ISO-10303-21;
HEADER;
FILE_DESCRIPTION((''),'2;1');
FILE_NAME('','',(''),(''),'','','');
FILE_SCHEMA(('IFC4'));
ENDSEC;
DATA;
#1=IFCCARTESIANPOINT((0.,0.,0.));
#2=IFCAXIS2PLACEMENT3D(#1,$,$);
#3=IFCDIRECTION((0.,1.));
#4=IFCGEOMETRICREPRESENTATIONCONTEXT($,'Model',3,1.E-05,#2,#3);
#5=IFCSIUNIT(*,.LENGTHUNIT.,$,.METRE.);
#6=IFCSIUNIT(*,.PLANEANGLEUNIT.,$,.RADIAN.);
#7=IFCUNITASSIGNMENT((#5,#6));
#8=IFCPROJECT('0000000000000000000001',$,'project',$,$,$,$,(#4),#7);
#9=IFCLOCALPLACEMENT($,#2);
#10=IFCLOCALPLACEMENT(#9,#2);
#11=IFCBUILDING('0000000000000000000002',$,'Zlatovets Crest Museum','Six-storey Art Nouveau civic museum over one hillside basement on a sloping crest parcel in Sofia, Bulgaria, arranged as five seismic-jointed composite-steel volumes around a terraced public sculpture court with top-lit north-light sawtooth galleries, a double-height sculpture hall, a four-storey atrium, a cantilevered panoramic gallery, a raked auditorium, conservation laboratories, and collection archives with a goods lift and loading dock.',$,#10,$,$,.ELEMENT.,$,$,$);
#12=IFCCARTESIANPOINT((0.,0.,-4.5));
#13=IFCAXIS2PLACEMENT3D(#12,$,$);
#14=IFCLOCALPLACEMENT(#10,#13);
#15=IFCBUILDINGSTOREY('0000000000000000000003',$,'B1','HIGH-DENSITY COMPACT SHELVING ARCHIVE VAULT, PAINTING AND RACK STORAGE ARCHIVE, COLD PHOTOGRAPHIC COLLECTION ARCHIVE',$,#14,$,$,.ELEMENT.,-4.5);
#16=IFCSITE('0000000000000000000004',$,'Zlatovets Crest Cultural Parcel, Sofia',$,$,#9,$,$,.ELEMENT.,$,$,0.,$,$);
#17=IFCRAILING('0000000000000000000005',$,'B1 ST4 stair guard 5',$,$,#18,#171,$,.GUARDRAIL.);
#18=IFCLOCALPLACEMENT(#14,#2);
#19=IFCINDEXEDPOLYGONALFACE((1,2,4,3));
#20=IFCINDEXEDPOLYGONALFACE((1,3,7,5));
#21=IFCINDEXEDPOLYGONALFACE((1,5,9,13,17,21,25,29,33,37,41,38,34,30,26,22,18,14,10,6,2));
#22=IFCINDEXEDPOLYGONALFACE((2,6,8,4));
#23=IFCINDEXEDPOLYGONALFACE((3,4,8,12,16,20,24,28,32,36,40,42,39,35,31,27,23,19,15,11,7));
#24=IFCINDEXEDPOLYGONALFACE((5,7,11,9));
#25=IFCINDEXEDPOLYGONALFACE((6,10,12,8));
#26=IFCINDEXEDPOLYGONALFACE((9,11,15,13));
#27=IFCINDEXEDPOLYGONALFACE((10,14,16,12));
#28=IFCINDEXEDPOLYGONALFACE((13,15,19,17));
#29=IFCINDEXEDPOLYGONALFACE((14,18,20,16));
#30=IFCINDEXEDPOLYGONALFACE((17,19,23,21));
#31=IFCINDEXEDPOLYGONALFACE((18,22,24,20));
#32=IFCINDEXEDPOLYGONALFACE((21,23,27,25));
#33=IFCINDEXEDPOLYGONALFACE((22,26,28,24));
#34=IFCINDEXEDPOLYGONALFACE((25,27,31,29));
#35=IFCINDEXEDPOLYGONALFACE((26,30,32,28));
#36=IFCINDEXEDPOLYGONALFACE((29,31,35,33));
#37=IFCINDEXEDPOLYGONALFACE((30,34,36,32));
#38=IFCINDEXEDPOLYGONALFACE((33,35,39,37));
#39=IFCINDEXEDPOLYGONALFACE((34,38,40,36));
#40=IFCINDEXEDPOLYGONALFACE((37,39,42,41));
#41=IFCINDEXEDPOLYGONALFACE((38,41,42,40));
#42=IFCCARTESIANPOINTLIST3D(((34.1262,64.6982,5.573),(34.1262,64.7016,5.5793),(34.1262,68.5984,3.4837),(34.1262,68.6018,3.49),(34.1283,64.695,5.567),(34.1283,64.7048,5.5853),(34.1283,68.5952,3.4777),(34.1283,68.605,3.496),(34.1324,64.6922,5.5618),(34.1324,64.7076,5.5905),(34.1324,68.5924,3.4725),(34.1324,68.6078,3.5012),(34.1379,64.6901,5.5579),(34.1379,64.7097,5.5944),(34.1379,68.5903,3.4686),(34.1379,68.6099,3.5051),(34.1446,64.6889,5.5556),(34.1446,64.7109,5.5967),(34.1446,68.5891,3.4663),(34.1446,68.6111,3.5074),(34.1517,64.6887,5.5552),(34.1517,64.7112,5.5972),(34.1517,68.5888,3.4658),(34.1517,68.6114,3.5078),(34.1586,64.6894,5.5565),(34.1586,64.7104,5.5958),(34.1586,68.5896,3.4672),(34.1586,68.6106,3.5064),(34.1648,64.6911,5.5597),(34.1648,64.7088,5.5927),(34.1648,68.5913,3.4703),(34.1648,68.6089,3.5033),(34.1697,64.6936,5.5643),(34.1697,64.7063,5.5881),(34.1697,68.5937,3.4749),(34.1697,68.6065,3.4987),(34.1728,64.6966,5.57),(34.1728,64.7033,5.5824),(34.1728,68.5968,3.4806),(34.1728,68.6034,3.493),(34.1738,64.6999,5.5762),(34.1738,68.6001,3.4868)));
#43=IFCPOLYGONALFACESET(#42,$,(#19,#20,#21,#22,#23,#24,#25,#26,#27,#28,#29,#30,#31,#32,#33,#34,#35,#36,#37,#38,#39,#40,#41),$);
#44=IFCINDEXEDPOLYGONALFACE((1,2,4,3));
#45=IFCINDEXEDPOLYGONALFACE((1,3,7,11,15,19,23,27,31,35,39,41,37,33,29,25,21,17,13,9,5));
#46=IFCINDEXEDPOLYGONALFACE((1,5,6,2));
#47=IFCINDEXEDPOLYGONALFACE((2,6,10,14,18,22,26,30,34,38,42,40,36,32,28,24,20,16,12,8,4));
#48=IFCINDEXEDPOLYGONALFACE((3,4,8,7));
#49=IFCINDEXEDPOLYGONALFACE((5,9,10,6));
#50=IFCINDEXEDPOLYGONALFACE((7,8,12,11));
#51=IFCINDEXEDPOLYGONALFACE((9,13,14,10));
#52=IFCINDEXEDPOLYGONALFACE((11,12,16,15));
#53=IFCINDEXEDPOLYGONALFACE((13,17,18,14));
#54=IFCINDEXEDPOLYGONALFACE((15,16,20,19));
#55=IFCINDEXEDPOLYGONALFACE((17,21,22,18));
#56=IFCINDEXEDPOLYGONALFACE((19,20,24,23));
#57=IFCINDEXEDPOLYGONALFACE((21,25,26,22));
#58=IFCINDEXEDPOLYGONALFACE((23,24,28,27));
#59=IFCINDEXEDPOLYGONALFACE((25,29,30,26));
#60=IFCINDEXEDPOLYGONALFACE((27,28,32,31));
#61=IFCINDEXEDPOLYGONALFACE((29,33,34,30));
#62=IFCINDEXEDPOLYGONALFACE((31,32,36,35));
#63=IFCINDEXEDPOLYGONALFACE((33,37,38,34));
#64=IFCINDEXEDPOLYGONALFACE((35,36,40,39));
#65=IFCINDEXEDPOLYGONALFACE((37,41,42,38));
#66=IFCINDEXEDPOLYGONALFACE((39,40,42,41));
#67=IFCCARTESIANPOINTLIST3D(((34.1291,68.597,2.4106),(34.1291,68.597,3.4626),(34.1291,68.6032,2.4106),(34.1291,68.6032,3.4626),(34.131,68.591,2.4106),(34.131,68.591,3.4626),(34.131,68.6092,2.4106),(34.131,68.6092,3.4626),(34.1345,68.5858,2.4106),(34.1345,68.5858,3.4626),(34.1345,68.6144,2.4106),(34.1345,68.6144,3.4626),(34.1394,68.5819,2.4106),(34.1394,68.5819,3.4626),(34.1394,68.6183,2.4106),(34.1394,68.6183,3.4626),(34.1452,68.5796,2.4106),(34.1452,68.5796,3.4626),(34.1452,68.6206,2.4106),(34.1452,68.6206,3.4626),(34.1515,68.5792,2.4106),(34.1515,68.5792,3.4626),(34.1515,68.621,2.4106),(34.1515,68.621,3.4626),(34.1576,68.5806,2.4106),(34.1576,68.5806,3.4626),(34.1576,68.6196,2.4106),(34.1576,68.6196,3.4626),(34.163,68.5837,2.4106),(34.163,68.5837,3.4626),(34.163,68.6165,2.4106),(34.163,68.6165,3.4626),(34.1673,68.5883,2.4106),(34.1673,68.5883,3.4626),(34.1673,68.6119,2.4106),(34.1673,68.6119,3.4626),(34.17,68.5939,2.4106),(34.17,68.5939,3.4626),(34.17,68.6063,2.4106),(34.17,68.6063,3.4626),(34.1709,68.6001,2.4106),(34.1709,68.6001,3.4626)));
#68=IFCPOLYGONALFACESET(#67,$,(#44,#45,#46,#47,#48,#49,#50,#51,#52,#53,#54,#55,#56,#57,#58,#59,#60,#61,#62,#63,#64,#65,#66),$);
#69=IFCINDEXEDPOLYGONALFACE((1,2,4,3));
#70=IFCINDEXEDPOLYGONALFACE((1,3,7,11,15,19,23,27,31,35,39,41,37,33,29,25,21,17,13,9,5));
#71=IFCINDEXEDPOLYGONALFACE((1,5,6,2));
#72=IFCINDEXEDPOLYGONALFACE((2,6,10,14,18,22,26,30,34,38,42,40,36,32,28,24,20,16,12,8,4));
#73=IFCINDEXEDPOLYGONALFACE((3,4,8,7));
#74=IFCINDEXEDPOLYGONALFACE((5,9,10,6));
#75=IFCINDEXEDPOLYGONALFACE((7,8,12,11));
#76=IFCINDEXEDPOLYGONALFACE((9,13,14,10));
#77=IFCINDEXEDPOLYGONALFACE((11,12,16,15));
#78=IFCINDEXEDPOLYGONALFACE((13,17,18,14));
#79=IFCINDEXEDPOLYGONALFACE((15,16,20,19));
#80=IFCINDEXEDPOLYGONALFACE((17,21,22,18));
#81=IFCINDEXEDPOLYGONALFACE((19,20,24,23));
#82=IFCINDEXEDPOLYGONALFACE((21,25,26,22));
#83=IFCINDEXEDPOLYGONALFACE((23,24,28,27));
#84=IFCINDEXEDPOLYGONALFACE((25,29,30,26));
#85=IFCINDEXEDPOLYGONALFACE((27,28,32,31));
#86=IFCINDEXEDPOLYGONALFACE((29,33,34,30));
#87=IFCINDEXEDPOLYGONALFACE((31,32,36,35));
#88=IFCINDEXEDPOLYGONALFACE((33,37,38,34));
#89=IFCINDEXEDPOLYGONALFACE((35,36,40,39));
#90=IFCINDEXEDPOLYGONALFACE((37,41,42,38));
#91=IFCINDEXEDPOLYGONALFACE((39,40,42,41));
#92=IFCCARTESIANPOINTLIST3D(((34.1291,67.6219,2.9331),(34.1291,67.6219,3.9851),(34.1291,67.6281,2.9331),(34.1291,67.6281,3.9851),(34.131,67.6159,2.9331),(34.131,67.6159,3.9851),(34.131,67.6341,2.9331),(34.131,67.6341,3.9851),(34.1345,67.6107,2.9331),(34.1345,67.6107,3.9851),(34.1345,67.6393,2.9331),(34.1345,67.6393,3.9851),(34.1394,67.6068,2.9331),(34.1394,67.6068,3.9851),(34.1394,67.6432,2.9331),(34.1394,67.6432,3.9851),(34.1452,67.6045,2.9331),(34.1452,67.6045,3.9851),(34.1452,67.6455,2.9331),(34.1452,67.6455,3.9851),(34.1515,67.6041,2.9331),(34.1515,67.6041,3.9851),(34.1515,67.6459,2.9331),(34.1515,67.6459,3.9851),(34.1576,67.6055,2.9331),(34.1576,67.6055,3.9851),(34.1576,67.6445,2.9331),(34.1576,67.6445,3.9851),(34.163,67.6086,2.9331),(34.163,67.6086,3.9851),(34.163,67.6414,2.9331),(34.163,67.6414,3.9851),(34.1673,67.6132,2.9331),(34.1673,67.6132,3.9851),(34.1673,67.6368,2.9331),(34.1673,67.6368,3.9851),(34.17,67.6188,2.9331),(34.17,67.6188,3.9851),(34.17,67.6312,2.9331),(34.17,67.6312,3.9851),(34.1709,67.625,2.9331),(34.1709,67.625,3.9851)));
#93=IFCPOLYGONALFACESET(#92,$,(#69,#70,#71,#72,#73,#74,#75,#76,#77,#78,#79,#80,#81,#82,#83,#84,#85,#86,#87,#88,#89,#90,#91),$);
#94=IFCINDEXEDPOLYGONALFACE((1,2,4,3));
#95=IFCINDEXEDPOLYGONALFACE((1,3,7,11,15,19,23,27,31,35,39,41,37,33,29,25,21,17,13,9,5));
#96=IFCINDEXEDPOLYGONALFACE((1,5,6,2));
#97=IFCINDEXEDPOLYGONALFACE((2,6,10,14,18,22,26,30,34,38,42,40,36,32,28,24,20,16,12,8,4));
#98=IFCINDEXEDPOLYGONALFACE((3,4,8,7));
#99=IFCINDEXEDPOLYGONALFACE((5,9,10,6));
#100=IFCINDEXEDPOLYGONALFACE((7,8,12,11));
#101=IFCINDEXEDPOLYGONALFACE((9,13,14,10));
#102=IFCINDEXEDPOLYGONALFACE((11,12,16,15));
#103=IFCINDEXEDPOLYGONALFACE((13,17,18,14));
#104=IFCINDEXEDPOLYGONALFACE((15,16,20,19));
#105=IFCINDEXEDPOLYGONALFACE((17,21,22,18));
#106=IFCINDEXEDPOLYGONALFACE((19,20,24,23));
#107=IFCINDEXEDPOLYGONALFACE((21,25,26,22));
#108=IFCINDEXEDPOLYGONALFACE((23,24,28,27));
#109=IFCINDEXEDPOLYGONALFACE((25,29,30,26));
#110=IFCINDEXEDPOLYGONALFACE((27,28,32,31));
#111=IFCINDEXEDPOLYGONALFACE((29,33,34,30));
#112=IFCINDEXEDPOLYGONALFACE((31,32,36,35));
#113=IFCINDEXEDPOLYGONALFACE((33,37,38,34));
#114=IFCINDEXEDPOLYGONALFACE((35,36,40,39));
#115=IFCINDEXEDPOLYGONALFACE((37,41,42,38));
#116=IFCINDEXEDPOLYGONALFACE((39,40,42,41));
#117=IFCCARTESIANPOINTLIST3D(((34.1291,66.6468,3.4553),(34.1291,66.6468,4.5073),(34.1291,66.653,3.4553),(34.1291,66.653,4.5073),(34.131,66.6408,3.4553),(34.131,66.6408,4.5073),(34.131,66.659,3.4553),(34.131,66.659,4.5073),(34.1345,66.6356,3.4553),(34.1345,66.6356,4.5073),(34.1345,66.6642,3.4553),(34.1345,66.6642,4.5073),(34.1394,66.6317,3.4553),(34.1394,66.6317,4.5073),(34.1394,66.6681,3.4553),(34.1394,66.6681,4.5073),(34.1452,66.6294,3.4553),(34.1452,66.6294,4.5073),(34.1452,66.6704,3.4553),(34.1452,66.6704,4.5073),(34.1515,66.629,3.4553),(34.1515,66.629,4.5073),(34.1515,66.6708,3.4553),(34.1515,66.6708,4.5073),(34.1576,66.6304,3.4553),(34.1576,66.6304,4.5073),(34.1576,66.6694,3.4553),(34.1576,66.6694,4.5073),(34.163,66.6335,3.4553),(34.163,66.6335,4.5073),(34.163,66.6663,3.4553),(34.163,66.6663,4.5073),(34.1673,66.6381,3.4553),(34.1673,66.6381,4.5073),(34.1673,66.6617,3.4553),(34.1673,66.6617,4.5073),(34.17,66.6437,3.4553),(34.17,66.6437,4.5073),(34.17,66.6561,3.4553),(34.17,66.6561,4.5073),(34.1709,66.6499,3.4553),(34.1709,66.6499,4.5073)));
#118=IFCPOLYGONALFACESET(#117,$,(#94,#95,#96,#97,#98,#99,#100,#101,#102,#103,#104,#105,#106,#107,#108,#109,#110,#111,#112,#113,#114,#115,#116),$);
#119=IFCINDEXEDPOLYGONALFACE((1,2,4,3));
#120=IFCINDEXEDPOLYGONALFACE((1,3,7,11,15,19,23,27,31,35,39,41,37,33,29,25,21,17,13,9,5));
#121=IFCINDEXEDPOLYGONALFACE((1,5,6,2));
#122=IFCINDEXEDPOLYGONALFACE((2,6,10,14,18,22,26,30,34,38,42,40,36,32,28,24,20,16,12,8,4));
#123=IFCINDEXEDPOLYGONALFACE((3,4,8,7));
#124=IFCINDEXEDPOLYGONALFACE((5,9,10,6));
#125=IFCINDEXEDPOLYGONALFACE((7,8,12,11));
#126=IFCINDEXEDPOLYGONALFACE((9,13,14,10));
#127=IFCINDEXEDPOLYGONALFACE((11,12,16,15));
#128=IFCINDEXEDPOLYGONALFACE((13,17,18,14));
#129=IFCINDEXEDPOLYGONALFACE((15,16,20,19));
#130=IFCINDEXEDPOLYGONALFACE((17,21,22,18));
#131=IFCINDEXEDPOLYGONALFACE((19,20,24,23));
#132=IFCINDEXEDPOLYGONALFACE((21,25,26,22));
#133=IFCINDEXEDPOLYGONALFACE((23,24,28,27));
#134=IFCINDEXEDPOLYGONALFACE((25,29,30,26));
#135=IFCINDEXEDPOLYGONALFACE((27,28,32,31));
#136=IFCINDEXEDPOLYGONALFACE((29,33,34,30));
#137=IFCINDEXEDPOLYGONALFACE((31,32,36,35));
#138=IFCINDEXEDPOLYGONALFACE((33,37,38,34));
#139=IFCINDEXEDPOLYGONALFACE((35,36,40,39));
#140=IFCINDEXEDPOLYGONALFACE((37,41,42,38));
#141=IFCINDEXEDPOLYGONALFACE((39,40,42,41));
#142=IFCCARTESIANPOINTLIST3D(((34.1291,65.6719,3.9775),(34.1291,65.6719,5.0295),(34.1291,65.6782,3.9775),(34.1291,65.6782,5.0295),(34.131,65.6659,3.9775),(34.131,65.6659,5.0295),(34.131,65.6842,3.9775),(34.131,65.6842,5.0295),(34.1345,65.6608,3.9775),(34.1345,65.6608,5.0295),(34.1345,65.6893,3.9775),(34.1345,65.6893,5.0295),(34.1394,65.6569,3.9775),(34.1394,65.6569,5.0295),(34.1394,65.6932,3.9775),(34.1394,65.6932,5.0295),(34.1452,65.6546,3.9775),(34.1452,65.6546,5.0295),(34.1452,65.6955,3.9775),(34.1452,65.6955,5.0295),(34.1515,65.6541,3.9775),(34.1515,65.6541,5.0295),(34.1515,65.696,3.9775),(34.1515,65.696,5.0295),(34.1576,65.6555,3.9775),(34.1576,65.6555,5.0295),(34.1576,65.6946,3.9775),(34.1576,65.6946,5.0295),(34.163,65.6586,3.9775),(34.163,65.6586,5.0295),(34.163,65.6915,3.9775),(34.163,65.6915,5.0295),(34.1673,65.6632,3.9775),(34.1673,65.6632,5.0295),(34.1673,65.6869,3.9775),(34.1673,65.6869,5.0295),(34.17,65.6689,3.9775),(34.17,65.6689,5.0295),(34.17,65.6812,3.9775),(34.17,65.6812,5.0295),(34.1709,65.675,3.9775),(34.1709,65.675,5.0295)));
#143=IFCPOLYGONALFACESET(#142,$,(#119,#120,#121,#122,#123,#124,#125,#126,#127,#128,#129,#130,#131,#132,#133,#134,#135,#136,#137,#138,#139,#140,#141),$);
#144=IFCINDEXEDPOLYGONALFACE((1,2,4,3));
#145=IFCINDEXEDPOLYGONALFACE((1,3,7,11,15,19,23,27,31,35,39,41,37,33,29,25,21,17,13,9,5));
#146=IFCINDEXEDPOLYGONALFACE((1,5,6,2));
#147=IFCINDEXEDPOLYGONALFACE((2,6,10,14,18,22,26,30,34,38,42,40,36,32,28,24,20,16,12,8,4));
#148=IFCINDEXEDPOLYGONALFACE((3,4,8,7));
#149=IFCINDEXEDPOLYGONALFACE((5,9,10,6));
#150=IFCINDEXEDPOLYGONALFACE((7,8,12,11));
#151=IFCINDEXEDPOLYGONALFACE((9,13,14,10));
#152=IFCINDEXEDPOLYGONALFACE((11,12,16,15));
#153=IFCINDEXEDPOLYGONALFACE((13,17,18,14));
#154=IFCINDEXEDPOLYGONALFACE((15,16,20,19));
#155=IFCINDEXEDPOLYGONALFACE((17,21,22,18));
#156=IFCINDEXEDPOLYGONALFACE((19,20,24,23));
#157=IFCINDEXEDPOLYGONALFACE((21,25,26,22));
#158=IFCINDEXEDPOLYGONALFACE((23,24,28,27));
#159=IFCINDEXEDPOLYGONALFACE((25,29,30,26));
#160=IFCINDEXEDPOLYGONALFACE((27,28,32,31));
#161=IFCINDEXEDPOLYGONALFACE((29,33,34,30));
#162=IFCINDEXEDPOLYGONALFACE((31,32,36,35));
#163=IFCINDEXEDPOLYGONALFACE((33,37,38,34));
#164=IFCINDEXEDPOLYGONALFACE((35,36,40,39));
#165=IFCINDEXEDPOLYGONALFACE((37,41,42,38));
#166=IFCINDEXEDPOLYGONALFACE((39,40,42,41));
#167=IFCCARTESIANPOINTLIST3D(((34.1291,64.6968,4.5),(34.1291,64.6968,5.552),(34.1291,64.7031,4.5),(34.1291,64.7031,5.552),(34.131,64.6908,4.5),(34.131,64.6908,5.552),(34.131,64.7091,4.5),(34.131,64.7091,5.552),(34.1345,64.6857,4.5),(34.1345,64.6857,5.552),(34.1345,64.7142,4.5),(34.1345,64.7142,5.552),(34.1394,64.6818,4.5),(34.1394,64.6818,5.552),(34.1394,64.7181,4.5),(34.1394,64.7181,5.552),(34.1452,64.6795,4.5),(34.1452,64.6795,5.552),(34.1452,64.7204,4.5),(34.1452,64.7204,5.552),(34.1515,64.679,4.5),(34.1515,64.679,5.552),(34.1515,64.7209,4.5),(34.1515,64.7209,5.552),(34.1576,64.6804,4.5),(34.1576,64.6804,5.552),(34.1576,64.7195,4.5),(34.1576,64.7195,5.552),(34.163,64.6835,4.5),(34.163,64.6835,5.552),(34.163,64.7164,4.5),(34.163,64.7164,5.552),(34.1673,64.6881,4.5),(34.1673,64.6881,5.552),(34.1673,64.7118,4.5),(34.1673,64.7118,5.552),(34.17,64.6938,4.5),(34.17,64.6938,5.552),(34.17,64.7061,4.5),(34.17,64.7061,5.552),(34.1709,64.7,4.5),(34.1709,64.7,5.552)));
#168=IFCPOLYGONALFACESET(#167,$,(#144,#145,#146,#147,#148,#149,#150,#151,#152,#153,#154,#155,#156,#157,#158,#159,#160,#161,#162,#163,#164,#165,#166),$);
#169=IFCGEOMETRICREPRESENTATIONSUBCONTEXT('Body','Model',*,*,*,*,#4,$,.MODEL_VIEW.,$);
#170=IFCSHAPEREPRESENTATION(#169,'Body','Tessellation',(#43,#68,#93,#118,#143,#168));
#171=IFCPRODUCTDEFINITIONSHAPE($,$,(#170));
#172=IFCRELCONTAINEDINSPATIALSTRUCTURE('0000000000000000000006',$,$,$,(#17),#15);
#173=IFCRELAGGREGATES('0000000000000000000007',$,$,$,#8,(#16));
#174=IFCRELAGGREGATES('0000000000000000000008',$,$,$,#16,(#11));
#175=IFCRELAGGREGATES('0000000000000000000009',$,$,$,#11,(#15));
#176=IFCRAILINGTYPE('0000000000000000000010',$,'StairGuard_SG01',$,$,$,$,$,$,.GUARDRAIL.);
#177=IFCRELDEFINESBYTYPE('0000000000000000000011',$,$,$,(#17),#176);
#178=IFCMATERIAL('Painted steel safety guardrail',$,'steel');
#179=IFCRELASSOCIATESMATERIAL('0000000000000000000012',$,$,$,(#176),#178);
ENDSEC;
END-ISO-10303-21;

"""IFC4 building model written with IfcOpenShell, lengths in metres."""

from ifc_helpers import new_model, si_unit, direction, frame, origin, origin_2d, place, context, subcontext, project, spatial, circle, extrude, material, type_object, element, save


model = new_model("IFC4")

# Units and contexts
model_context = context("Model", 3, precision=1e-05, world=origin(), true_north=direction((0.0, 1.0)))
body_context = subcontext(model_context, "Body", "Model", "MODEL_VIEW")
ifc_project = project(units=[si_unit("LENGTHUNIT", "METRE"), si_unit("PLANEANGLEUNIT", "RADIAN")], contexts=[model_context])

# Site, building, storey
site_placement = place(None, origin())
site = spatial("IfcSite", under=ifc_project, at=site_placement, Name="Zlatovets Crest Cultural Parcel, Sofia", CompositionType="ELEMENT", RefElevation=0.0)
building_placement = place(site_placement, origin())
building = spatial("IfcBuilding", under=site, at=building_placement, Name="Zlatovets Crest Museum", Description="Six-storey Art Nouveau civic museum over one hillside basement on a sloping crest parcel in Sofia, Bulgaria, arranged as five seismic-jointed composite-steel volumes around a terraced public sculpture court with top-lit north-light sawtooth galleries, a double-height sculpture hall, a four-storey atrium, a cantilevered panoramic gallery, a raked auditorium, conservation laboratories, and collection archives with a goods lift and loading dock.", CompositionType="ELEMENT")
storey_placement = place(building_placement, frame((0.0, 0.0, -4.5)))
storey = spatial("IfcBuildingStorey", under=building, at=storey_placement, Name="B1", Description="HIGH-DENSITY COMPACT SHELVING ARCHIVE VAULT, PAINTING AND RACK STORAGE ARCHIVE, COLD PHOTOGRAPHIC COLLECTION ARCHIVE", CompositionType="ELEMENT", Elevation=-4.5)

# Railing
ifc_material_1 = material(Name="Painted steel safety guardrail", Category="steel")
railing_type_1 = type_object("IfcRailingType", Name="StairGuard_SG01", PredefinedType="GUARDRAIL", material=ifc_material_1)
railing_1_placement = place(storey_placement, frame((34.1499, 68.6001, 2.4106)))
element("IfcRailing", 1, at=railing_1_placement, inside=storey, type_object=railing_type_1, Name="B1 ST4 stair guard 5", PredefinedType="GUARDRAIL", context=body_context, shape_type="SweptSolid", body=[
    extrude(circle(Radius=0.0239, at=origin_2d()), frame((0.0, 0.0, 1.0762), z_axis=(0.0, -0.881481, 0.47222), x_axis=(1.0, 0.0, 0.0)), (0.0, 0.0, 1.0), 4.4246),
    extrude(circle(Radius=0.021, at=origin_2d()), origin(), (0.0, 0.0, 1.0), 1.052),
    extrude(circle(Radius=0.021, at=origin_2d()), frame((0.0, -0.9751, 0.5225)), (0.0, 0.0, 1.0), 1.052),
    extrude(circle(Radius=0.021, at=origin_2d()), frame((0.0, -1.9502, 1.0447)), (0.0, 0.0, 1.0), 1.052),
    extrude(circle(Radius=0.021, at=origin_2d()), frame((0.0, -2.925, 1.5669)), (0.0, 0.0, 1.0), 1.052),
    extrude(circle(Radius=0.021, at=origin_2d()), frame((0.0, -3.9001, 2.0894)), (0.0, 0.0, 1.0), 1.052),
])

save(model, "model.ifc")
